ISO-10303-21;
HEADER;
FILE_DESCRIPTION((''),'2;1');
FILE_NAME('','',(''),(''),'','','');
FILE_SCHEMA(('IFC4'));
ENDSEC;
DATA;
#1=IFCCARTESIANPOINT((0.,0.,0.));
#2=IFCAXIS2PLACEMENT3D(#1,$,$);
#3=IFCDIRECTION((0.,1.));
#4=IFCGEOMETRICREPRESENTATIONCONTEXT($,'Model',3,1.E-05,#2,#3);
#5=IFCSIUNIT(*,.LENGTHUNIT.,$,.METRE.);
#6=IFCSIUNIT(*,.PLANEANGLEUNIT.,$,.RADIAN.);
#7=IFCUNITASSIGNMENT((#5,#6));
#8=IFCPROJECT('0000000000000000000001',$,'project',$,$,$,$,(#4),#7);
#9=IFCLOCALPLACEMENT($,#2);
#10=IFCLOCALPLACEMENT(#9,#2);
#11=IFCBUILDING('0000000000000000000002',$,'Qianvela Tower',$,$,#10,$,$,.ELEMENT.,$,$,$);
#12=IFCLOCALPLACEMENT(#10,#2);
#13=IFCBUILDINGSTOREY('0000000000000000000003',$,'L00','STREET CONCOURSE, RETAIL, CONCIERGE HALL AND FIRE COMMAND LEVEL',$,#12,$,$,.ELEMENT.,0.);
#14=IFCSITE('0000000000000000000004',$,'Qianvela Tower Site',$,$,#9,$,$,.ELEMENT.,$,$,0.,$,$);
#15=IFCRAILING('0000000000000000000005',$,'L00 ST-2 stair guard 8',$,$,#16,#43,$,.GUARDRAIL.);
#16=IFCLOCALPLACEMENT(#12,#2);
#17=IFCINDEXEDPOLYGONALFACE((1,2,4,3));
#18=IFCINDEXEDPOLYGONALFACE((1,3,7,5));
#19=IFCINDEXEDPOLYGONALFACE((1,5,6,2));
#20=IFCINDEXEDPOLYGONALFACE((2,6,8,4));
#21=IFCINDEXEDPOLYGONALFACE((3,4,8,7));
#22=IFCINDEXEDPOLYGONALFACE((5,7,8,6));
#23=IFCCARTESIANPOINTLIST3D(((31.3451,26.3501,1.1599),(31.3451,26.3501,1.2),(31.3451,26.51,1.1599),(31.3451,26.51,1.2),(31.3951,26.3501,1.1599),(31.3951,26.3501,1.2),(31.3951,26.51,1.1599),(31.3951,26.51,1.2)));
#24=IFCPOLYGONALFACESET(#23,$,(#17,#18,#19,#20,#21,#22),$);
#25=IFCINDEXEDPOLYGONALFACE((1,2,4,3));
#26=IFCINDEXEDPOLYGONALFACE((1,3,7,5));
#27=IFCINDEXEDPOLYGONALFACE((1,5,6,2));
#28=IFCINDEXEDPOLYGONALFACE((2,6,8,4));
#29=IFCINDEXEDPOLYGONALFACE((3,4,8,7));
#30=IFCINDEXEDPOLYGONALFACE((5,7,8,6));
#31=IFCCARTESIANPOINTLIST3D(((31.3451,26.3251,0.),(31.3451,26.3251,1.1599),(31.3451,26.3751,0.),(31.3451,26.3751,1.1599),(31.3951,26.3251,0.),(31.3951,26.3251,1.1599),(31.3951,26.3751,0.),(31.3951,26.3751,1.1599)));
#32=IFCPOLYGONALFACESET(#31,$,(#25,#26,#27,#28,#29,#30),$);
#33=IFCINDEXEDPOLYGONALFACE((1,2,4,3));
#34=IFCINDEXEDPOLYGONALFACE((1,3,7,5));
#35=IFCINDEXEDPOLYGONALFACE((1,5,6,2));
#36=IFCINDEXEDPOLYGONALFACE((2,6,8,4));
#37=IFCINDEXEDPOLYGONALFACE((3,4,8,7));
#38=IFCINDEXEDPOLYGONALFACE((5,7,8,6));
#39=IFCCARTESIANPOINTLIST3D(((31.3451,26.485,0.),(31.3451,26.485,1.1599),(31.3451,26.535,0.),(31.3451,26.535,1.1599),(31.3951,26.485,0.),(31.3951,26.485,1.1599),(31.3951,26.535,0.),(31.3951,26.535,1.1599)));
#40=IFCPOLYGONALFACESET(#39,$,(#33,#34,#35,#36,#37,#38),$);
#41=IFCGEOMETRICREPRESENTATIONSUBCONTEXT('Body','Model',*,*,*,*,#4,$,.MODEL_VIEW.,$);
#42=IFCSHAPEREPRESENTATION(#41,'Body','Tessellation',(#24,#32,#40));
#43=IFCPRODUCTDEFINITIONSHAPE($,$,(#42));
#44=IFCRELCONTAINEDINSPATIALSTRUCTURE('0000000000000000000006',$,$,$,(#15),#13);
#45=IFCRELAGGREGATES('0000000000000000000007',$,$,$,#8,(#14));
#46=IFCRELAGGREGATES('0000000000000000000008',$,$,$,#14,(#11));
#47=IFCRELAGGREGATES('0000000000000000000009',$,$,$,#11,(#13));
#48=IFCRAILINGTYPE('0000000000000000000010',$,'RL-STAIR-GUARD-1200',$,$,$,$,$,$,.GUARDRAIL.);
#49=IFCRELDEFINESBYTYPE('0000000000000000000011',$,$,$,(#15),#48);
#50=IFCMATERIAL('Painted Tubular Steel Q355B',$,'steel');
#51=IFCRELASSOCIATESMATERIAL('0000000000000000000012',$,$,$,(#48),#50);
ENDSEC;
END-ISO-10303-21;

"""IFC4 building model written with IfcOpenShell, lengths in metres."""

from ifc_helpers import new_model, si_unit, direction, frame, origin, origin_2d, place, context, subcontext, project, spatial, rectangle, extrude, material, type_object, element, save


model = new_model("IFC4")

# Units and contexts
model_context = context("Model", 3, precision=1e-05, world=origin(), true_north=direction((0.0, 1.0)))
body_context = subcontext(model_context, "Body", "Model", "MODEL_VIEW")
ifc_project = project(units=[si_unit("LENGTHUNIT", "METRE"), si_unit("PLANEANGLEUNIT", "RADIAN")], contexts=[model_context])

# Site, building, storey
site_placement = place(None, origin())
site = spatial("IfcSite", under=ifc_project, at=site_placement, Name="Qianvela Tower Site", CompositionType="ELEMENT", RefElevation=0.0)
building_placement = place(site_placement, origin())
building = spatial("IfcBuilding", under=site, at=building_placement, Name="Qianvela Tower", CompositionType="ELEMENT")
storey_placement = place(building_placement, origin())
storey = spatial("IfcBuildingStorey", under=building, at=storey_placement, Name="L00", Description="STREET CONCOURSE, RETAIL, CONCIERGE HALL AND FIRE COMMAND LEVEL", CompositionType="ELEMENT", Elevation=0.0)

# Railing
ifc_material_1 = material(Name="Painted Tubular Steel Q355B", Category="steel")
railing_type = type_object("IfcRailingType", Name="RL-STAIR-GUARD-1200", PredefinedType="GUARDRAIL", material=ifc_material_1)
railing_1_placement = place(storey_placement, frame((31.3701, 26.3501, 0.0)))
element("IfcRailing", 1, at=railing_1_placement, inside=storey, type_object=railing_type, Name="L00 ST-2 stair guard 8", PredefinedType="GUARDRAIL", context=body_context, shape_type="SweptSolid", body=[
    extrude(rectangle(XDim=0.05, YDim=0.04, at=origin_2d()), frame((0.0, 0.0, 1.1799), z_axis=(0.0, 1.0, 0.0), x_axis=(-1.0, 0.0, 0.0)), (0.0, 0.0, 1.0), 0.1599),
    extrude(rectangle(XDim=0.05, YDim=0.05, at=origin_2d()), origin(), (0.0, 0.0, 1.0), 1.1599),
    extrude(rectangle(XDim=0.05, YDim=0.05, at=origin_2d()), frame((0.0, 0.1599, 0.0)), (0.0, 0.0, 1.0), 1.1599),
])

save(model, "model.ifc")
